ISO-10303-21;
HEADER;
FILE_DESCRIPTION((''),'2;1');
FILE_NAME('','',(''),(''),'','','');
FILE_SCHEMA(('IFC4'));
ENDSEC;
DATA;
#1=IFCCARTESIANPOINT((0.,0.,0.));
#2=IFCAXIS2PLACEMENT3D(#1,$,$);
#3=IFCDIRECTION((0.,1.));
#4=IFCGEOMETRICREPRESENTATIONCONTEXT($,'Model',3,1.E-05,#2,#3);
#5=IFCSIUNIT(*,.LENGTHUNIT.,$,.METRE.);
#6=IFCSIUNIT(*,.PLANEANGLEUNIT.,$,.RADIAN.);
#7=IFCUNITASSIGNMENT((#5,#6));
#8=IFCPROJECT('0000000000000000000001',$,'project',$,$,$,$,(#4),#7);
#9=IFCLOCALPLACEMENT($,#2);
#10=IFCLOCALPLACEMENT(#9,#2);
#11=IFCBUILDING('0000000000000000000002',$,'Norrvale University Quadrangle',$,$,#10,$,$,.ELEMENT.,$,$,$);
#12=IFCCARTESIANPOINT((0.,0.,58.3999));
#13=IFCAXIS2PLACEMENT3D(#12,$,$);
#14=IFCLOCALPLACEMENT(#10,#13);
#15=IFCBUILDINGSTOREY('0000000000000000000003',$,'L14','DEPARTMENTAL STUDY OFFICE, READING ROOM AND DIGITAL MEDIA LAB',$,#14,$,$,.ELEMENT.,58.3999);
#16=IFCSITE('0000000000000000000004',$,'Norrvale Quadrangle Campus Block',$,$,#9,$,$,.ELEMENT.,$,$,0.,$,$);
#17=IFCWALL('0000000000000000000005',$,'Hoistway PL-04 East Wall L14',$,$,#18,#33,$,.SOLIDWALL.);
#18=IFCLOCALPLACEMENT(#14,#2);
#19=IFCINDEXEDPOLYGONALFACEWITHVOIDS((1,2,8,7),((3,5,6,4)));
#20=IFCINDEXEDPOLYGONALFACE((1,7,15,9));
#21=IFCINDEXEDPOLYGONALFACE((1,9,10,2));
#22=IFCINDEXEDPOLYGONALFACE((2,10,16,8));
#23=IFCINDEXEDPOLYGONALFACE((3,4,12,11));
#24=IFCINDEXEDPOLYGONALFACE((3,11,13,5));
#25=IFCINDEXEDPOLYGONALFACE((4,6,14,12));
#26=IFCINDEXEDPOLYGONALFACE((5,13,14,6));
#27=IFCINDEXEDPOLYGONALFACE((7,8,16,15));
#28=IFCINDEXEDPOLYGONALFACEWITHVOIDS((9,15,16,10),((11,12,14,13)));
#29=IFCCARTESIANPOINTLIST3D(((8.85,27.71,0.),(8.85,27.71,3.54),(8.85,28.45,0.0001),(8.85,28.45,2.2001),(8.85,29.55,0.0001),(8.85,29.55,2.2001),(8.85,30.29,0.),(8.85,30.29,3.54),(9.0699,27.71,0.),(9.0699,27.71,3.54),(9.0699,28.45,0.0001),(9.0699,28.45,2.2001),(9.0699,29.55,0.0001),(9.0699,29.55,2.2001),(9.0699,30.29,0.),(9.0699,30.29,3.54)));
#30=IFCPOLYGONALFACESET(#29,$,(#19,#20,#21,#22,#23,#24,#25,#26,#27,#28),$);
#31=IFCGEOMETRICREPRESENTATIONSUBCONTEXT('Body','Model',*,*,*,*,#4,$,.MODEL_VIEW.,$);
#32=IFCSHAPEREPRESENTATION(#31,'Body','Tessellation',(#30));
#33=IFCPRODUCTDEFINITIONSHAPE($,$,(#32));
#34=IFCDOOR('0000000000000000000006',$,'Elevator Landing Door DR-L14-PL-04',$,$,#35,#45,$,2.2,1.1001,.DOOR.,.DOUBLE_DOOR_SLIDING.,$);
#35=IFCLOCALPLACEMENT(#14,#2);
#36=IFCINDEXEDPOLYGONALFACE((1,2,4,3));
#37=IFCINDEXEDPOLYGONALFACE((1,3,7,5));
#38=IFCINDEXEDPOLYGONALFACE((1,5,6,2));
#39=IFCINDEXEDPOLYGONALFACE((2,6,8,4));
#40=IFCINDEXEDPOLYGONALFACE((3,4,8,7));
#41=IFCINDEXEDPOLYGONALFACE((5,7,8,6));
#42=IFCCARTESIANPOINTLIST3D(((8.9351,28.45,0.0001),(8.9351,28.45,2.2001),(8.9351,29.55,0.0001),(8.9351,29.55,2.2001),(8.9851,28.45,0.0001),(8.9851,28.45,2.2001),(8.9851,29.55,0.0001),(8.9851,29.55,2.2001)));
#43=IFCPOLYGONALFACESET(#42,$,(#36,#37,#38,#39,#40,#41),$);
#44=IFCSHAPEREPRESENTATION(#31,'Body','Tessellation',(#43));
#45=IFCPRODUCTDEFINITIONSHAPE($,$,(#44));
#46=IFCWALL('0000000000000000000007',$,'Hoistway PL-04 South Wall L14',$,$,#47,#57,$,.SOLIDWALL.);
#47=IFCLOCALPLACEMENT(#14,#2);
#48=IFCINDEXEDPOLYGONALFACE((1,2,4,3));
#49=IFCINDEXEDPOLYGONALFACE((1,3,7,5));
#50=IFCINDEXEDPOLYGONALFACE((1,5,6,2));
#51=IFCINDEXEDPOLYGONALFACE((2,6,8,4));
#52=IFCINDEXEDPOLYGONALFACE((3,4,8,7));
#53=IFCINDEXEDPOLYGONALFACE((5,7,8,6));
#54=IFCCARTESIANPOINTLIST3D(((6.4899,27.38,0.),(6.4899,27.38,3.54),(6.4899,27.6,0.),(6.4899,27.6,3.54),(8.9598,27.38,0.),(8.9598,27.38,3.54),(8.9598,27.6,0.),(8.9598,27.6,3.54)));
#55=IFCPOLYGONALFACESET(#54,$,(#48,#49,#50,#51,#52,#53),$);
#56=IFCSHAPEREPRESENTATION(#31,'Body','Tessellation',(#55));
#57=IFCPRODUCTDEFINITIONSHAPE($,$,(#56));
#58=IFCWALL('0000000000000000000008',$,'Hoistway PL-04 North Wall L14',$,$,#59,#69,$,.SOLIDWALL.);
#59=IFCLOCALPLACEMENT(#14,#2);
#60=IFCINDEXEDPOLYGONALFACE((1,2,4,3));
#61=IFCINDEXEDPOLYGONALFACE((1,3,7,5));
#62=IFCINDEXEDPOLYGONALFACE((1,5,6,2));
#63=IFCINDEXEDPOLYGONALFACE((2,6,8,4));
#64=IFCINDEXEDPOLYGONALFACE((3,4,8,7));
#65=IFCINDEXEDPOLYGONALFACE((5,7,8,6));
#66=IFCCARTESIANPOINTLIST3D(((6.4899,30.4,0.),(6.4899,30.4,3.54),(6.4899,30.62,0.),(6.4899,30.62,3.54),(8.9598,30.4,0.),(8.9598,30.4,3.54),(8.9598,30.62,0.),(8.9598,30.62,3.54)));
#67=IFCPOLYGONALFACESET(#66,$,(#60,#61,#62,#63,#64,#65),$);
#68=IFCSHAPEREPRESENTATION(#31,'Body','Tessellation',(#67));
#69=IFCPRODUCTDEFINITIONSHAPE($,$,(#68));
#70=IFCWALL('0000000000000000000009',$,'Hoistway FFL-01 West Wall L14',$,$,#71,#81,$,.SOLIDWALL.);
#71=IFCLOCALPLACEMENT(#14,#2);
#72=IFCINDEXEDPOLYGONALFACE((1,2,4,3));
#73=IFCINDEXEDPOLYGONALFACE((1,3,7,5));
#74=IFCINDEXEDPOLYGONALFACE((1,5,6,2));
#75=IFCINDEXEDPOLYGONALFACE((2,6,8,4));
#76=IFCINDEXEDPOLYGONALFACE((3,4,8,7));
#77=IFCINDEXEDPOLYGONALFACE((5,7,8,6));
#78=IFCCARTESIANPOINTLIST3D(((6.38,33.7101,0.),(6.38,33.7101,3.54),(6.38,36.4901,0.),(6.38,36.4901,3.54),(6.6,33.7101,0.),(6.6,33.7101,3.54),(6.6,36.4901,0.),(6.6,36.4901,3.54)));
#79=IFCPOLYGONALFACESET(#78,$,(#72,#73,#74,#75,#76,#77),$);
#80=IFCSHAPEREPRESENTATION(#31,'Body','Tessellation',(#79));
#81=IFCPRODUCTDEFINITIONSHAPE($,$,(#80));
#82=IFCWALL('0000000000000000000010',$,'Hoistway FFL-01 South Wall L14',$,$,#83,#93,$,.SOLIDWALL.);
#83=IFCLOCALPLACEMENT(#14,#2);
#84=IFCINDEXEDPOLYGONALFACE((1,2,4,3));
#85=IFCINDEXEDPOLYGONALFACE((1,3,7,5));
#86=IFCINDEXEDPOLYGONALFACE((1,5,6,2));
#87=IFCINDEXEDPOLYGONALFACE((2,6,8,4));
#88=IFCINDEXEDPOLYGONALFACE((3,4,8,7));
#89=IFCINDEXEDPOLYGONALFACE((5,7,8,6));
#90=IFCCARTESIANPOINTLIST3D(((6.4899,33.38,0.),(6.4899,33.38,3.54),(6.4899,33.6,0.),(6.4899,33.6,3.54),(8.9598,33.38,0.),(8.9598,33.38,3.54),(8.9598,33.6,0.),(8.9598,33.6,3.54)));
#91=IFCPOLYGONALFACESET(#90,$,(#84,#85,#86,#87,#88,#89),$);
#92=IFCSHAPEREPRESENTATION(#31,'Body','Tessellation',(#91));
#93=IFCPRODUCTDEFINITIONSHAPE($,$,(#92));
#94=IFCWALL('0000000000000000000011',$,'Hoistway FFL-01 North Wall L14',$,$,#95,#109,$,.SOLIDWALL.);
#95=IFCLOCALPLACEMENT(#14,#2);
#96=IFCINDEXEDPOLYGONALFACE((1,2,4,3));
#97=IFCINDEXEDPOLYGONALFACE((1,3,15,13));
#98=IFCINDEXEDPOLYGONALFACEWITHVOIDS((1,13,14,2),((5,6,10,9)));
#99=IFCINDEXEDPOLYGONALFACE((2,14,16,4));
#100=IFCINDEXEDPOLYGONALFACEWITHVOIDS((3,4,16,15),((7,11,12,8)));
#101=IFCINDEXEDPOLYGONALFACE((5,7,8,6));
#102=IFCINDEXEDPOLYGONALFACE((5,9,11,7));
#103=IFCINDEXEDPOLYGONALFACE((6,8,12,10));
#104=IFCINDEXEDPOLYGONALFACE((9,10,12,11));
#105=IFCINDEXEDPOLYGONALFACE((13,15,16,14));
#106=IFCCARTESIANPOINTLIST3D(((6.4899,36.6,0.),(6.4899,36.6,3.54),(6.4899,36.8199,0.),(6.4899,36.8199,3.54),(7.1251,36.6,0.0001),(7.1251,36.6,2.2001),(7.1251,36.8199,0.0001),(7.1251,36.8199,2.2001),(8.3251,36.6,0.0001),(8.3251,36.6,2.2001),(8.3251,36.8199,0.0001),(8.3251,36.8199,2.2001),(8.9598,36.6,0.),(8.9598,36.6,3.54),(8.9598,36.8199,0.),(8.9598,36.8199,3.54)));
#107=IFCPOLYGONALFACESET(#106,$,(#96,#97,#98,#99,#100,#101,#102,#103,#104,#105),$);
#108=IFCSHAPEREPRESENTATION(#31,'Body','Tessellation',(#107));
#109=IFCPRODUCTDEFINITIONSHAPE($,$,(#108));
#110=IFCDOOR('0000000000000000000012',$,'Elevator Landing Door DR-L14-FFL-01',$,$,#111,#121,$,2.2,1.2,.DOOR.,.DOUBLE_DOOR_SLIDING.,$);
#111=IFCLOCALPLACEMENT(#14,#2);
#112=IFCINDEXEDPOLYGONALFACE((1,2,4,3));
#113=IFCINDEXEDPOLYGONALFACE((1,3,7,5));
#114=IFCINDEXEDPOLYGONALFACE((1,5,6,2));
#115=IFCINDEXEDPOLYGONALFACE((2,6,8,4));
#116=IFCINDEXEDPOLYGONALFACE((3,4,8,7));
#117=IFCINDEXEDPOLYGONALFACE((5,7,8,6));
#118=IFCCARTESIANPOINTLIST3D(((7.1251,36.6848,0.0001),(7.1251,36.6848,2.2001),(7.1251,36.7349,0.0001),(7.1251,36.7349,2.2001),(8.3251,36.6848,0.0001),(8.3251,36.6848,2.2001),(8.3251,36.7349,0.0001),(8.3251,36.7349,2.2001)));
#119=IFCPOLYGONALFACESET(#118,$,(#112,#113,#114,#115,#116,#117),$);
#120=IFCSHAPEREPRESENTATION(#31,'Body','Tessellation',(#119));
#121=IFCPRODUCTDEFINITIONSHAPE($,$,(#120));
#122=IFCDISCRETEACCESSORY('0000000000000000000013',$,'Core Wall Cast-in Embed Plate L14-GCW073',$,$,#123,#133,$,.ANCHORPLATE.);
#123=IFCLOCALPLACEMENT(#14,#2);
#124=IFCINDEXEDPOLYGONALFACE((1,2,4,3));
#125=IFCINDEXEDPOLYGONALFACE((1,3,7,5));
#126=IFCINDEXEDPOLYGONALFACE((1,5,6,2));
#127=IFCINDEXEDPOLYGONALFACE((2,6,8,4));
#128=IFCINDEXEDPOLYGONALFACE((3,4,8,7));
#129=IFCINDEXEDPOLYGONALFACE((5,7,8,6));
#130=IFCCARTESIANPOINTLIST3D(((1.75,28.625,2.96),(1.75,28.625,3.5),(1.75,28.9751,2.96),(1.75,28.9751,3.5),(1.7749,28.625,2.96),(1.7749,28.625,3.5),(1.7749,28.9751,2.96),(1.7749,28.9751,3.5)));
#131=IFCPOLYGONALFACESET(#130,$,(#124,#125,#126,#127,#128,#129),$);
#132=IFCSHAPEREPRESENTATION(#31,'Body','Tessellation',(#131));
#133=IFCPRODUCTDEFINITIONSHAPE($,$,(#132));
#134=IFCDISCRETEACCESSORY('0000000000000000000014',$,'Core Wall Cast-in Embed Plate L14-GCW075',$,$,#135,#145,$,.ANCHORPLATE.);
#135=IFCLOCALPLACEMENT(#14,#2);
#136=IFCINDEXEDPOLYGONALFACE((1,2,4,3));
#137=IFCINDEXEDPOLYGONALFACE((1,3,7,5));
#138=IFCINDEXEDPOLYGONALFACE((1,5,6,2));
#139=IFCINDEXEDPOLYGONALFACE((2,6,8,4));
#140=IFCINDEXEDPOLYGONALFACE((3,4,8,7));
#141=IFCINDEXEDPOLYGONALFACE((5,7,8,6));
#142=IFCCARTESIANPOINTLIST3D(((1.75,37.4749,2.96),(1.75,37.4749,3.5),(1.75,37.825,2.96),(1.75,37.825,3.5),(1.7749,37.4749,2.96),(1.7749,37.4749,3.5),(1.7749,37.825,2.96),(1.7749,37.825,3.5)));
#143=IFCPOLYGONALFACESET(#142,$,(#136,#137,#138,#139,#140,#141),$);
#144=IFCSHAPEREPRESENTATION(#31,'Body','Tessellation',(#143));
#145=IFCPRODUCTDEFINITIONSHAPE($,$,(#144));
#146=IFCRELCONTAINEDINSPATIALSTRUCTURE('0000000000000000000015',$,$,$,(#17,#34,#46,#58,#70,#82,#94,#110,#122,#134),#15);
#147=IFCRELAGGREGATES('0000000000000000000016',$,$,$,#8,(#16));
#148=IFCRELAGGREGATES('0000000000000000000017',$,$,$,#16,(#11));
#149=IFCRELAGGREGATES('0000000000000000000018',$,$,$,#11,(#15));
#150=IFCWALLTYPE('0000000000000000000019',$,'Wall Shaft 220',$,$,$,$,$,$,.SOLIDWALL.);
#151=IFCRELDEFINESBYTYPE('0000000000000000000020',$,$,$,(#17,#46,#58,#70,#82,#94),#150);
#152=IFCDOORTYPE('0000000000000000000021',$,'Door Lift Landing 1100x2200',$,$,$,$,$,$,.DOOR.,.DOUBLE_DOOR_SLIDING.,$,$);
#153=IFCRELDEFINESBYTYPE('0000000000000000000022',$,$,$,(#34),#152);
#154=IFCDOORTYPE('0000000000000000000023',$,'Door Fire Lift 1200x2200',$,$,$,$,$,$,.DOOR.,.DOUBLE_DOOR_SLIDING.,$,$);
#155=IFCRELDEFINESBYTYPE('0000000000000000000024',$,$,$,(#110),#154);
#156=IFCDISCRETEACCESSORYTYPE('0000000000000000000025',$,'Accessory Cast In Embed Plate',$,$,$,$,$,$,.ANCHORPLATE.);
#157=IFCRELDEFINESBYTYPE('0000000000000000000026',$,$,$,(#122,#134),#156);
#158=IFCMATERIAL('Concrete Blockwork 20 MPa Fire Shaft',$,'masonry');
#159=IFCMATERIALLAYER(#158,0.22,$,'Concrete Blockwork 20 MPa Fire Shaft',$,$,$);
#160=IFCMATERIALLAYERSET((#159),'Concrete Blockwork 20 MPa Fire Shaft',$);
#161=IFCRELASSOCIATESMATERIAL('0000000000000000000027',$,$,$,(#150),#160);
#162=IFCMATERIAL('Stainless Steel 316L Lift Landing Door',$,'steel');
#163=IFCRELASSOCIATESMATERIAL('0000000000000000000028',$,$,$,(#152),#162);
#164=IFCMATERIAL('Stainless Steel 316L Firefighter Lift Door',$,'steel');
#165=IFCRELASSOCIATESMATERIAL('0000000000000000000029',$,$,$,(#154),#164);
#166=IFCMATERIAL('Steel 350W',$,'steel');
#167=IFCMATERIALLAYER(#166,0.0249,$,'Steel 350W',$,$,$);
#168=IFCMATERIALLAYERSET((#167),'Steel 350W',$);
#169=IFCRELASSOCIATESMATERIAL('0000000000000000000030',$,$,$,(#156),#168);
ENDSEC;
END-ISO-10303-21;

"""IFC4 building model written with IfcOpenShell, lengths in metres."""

from ifc_helpers import new_model, si_unit, direction, frame, frame_2d, origin, origin_2d, place, context, subcontext, project, spatial, rectangle, extrude, material, layer, layer_set, type_object, element, fill, save


model = new_model("IFC4")

# Units and contexts
model_context = context("Model", 3, precision=1e-05, world=origin(), true_north=direction((0.0, 1.0)))
body_context = subcontext(model_context, "Body", "Model", "MODEL_VIEW")
ifc_project = project(units=[si_unit("LENGTHUNIT", "METRE"), si_unit("PLANEANGLEUNIT", "RADIAN")], contexts=[model_context])

# Site, building, storey
site_placement = place(None, origin())
site = spatial("IfcSite", under=ifc_project, at=site_placement, Name="Norrvale Quadrangle Campus Block", CompositionType="ELEMENT", RefElevation=0.0)
building_placement = place(site_placement, origin())
building = spatial("IfcBuilding", under=site, at=building_placement, Name="Norrvale University Quadrangle", CompositionType="ELEMENT")
storey_placement = place(building_placement, frame((0.0, 0.0, 58.3999)))
storey = spatial("IfcBuildingStorey", under=building, at=storey_placement, Name="L14", Description="DEPARTMENTAL STUDY OFFICE, READING ROOM AND DIGITAL MEDIA LAB", CompositionType="ELEMENT", Elevation=58.3999)

# Shared definitions
ifc_material_1 = material(Name="Steel 350W", Category="steel")

# Shared definitions
ifc_material_2 = material(Name="Concrete Blockwork 20 MPa Fire Shaft", Category="masonry")
ifc_layer_1 = layer(ifc_material_2, 0.22, Name="Concrete Blockwork 20 MPa Fire Shaft")
ifc_layer_set_1 = layer_set([ifc_layer_1], Name="Concrete Blockwork 20 MPa Fire Shaft")
wall_type_1 = type_object("IfcWallType", Name="Wall Shaft 220", PredefinedType="SOLIDWALL", material=ifc_layer_set_1)

# Shared definitions
ifc_material_3 = material(Name="Stainless Steel 316L Lift Landing Door", Category="steel")
door_type_1 = type_object("IfcDoorType", Name="Door Lift Landing 1100x2200", OperationType="DOUBLE_DOOR_SLIDING", PredefinedType="DOOR", material=ifc_material_3)

# Wall, opening, door
wall_1_placement = place(storey_placement, frame((8.96, 27.71, 0.0), z_axis=(0.0, 0.0, 1.0), x_axis=(0.0, 1.0, 0.0)))
wall_1 = element("IfcWall", 1, at=wall_1_placement, inside=storey, type_object=wall_type_1, Name="Hoistway PL-04 East Wall L14", PredefinedType="SOLIDWALL", context=body_context, shape_type="SweptSolid", body=[
    extrude(rectangle(XDim=2.5801, YDim=0.22, at=frame_2d((1.29, 0.0))), origin(), (0.0, 0.0, 1.0), 3.54),
])
opening_1_placement = place(wall_1_placement, frame((0.74, 0.0, 0.0)))
opening_1 = element("IfcOpeningElement", 2, at=opening_1_placement, cuts=wall_1, PredefinedType="OPENING", context=body_context, shape_type="SweptSolid", body=[
    extrude(rectangle(XDim=1.1001, YDim=2.2, at=frame_2d((0.55, 1.1001))), frame((0.0, 0.1221, 0.0), z_axis=(0.0, -1.0, 0.0), x_axis=(1.0, 0.0, 0.0)), (0.0, 0.0, 1.0), 0.2439),
])
door_1_placement = place(opening_1_placement, origin())
door_1 = element("IfcDoor", 3, at=door_1_placement, inside=storey, type_object=door_type_1, Name="Elevator Landing Door DR-L14-PL-04", OperationType="DOUBLE_DOOR_SLIDING", OverallHeight=2.2, OverallWidth=1.1001, PredefinedType="DOOR", context=body_context, shape_type="SweptSolid", body=[
    extrude(rectangle(XDim=1.1001, YDim=2.2, at=frame_2d((0.55, 1.1001))), frame((0.0, 0.0249, 0.0), z_axis=(0.0, -1.0, 0.0), x_axis=(1.0, 0.0, 0.0)), (0.0, 0.0, 1.0), 0.05),
])
fill(opening_1, door_1)

# Walls
for number, where, z_axis, x_axis, name in (
    (4, (6.49, 27.49, 0.0), (0.0, 0.0, 1.0), (1.0, 0.0, 0.0), "Hoistway PL-04 South Wall L14"),
    (5, (6.49, 30.51, 0.0), (0.0, 0.0, 1.0), (1.0, 0.0, 0.0), "Hoistway PL-04 North Wall L14"),
):
    element("IfcWall", number, at=place(storey_placement, frame(where, z_axis=z_axis, x_axis=x_axis)), inside=storey, type_object=wall_type_1, Name=name, PredefinedType="SOLIDWALL", context=body_context, shape_type="SweptSolid", body=[
        extrude(rectangle(XDim=2.47, YDim=0.22, at=frame_2d((1.2349, 0.0))), origin(), (0.0, 0.0, 1.0), 3.54),
    ])
wall_2_placement = place(storey_placement, frame((6.49, 33.71, 0.0), z_axis=(0.0, 0.0, 1.0), x_axis=(0.0, 1.0, 0.0)))
element("IfcWall", 6, at=wall_2_placement, inside=storey, type_object=wall_type_1, Name="Hoistway FFL-01 West Wall L14", PredefinedType="SOLIDWALL", context=body_context, shape_type="SweptSolid", body=[
    extrude(rectangle(XDim=2.78, YDim=0.22, at=frame_2d((1.3901, 0.0))), origin(), (0.0, 0.0, 1.0), 3.54),
])
wall_3_placement = place(storey_placement, frame((6.49, 33.49, 0.0), z_axis=(0.0, 0.0, 1.0), x_axis=(1.0, 0.0, 0.0)))
element("IfcWall", 7, at=wall_3_placement, inside=storey, type_object=wall_type_1, Name="Hoistway FFL-01 South Wall L14", PredefinedType="SOLIDWALL", context=body_context, shape_type="SweptSolid", body=[
    extrude(rectangle(XDim=2.47, YDim=0.22, at=frame_2d((1.2349, 0.0))), origin(), (0.0, 0.0, 1.0), 3.54),
])

# Wall, opening, door
wall_4_placement = place(storey_placement, frame((6.49, 36.71, 0.0), z_axis=(0.0, 0.0, 1.0), x_axis=(1.0, 0.0, 0.0)))
wall_4 = element("IfcWall", 8, at=wall_4_placement, inside=storey, type_object=wall_type_1, Name="Hoistway FFL-01 North Wall L14", PredefinedType="SOLIDWALL", context=body_context, shape_type="SweptSolid", body=[
    extrude(rectangle(XDim=2.47, YDim=0.22, at=frame_2d((1.2349, 0.0))), origin(), (0.0, 0.0, 1.0), 3.54),
])
opening_2_placement = place(wall_4_placement, frame((0.635, 0.0, 0.0)))
opening_2 = element("IfcOpeningElement", 9, at=opening_2_placement, cuts=wall_4, PredefinedType="OPENING", context=body_context, shape_type="SweptSolid", body=[
    extrude(rectangle(XDim=1.2, YDim=2.2, at=frame_2d((0.6001, 1.1001))), frame((0.0, 0.1221, 0.0), z_axis=(0.0, -1.0, 0.0), x_axis=(1.0, 0.0, 0.0)), (0.0, 0.0, 1.0), 0.2439),
])
ifc_material_4 = material(Name="Stainless Steel 316L Firefighter Lift Door", Category="steel")
door_type_2 = type_object("IfcDoorType", Name="Door Fire Lift 1200x2200", OperationType="DOUBLE_DOOR_SLIDING", PredefinedType="DOOR", material=ifc_material_4)
door_2_placement = place(opening_2_placement, origin())
door_2 = element("IfcDoor", 10, at=door_2_placement, inside=storey, type_object=door_type_2, Name="Elevator Landing Door DR-L14-FFL-01", OperationType="DOUBLE_DOOR_SLIDING", OverallHeight=2.2, OverallWidth=1.2, PredefinedType="DOOR", context=body_context, shape_type="SweptSolid", body=[
    extrude(rectangle(XDim=1.2, YDim=2.2, at=frame_2d((0.6001, 1.1001))), frame((0.0, 0.0249, 0.0), z_axis=(0.0, -1.0, 0.0), x_axis=(1.0, 0.0, 0.0)), (0.0, 0.0, 1.0), 0.05),
])
fill(opening_2, door_2)

# Discrete accessories
ifc_layer_2 = layer(ifc_material_1, 0.0249, Name="Steel 350W")
ifc_layer_set_2 = layer_set([ifc_layer_2], Name="Steel 350W")
discrete_accessory_type = type_object("IfcDiscreteAccessoryType", Name="Accessory Cast In Embed Plate", PredefinedType="ANCHORPLATE", material=ifc_layer_set_2)
for number, where, z_axis, x_axis, name in (
    (11, (1.7625, 28.8, 2.96), (0.0, 0.0, 1.0), (1.0, 0.0, 0.0), "Core Wall Cast-in Embed Plate L14-GCW073"),
    (12, (1.7625, 37.6499, 2.96), (0.0, 0.0, 1.0), (1.0, 0.0, 0.0), "Core Wall Cast-in Embed Plate L14-GCW075"),
):
    element("IfcDiscreteAccessory", number, at=place(storey_placement, frame(where, z_axis=z_axis, x_axis=x_axis)), inside=storey, type_object=discrete_accessory_type, Name=name, PredefinedType="ANCHORPLATE", context=body_context, shape_type="SweptSolid", body=[
        extrude(rectangle(XDim=0.0249, YDim=0.3501, at=origin_2d()), origin(), (0.0, 0.0, 1.0), 0.54),
    ])

save(model, "model.ifc")
